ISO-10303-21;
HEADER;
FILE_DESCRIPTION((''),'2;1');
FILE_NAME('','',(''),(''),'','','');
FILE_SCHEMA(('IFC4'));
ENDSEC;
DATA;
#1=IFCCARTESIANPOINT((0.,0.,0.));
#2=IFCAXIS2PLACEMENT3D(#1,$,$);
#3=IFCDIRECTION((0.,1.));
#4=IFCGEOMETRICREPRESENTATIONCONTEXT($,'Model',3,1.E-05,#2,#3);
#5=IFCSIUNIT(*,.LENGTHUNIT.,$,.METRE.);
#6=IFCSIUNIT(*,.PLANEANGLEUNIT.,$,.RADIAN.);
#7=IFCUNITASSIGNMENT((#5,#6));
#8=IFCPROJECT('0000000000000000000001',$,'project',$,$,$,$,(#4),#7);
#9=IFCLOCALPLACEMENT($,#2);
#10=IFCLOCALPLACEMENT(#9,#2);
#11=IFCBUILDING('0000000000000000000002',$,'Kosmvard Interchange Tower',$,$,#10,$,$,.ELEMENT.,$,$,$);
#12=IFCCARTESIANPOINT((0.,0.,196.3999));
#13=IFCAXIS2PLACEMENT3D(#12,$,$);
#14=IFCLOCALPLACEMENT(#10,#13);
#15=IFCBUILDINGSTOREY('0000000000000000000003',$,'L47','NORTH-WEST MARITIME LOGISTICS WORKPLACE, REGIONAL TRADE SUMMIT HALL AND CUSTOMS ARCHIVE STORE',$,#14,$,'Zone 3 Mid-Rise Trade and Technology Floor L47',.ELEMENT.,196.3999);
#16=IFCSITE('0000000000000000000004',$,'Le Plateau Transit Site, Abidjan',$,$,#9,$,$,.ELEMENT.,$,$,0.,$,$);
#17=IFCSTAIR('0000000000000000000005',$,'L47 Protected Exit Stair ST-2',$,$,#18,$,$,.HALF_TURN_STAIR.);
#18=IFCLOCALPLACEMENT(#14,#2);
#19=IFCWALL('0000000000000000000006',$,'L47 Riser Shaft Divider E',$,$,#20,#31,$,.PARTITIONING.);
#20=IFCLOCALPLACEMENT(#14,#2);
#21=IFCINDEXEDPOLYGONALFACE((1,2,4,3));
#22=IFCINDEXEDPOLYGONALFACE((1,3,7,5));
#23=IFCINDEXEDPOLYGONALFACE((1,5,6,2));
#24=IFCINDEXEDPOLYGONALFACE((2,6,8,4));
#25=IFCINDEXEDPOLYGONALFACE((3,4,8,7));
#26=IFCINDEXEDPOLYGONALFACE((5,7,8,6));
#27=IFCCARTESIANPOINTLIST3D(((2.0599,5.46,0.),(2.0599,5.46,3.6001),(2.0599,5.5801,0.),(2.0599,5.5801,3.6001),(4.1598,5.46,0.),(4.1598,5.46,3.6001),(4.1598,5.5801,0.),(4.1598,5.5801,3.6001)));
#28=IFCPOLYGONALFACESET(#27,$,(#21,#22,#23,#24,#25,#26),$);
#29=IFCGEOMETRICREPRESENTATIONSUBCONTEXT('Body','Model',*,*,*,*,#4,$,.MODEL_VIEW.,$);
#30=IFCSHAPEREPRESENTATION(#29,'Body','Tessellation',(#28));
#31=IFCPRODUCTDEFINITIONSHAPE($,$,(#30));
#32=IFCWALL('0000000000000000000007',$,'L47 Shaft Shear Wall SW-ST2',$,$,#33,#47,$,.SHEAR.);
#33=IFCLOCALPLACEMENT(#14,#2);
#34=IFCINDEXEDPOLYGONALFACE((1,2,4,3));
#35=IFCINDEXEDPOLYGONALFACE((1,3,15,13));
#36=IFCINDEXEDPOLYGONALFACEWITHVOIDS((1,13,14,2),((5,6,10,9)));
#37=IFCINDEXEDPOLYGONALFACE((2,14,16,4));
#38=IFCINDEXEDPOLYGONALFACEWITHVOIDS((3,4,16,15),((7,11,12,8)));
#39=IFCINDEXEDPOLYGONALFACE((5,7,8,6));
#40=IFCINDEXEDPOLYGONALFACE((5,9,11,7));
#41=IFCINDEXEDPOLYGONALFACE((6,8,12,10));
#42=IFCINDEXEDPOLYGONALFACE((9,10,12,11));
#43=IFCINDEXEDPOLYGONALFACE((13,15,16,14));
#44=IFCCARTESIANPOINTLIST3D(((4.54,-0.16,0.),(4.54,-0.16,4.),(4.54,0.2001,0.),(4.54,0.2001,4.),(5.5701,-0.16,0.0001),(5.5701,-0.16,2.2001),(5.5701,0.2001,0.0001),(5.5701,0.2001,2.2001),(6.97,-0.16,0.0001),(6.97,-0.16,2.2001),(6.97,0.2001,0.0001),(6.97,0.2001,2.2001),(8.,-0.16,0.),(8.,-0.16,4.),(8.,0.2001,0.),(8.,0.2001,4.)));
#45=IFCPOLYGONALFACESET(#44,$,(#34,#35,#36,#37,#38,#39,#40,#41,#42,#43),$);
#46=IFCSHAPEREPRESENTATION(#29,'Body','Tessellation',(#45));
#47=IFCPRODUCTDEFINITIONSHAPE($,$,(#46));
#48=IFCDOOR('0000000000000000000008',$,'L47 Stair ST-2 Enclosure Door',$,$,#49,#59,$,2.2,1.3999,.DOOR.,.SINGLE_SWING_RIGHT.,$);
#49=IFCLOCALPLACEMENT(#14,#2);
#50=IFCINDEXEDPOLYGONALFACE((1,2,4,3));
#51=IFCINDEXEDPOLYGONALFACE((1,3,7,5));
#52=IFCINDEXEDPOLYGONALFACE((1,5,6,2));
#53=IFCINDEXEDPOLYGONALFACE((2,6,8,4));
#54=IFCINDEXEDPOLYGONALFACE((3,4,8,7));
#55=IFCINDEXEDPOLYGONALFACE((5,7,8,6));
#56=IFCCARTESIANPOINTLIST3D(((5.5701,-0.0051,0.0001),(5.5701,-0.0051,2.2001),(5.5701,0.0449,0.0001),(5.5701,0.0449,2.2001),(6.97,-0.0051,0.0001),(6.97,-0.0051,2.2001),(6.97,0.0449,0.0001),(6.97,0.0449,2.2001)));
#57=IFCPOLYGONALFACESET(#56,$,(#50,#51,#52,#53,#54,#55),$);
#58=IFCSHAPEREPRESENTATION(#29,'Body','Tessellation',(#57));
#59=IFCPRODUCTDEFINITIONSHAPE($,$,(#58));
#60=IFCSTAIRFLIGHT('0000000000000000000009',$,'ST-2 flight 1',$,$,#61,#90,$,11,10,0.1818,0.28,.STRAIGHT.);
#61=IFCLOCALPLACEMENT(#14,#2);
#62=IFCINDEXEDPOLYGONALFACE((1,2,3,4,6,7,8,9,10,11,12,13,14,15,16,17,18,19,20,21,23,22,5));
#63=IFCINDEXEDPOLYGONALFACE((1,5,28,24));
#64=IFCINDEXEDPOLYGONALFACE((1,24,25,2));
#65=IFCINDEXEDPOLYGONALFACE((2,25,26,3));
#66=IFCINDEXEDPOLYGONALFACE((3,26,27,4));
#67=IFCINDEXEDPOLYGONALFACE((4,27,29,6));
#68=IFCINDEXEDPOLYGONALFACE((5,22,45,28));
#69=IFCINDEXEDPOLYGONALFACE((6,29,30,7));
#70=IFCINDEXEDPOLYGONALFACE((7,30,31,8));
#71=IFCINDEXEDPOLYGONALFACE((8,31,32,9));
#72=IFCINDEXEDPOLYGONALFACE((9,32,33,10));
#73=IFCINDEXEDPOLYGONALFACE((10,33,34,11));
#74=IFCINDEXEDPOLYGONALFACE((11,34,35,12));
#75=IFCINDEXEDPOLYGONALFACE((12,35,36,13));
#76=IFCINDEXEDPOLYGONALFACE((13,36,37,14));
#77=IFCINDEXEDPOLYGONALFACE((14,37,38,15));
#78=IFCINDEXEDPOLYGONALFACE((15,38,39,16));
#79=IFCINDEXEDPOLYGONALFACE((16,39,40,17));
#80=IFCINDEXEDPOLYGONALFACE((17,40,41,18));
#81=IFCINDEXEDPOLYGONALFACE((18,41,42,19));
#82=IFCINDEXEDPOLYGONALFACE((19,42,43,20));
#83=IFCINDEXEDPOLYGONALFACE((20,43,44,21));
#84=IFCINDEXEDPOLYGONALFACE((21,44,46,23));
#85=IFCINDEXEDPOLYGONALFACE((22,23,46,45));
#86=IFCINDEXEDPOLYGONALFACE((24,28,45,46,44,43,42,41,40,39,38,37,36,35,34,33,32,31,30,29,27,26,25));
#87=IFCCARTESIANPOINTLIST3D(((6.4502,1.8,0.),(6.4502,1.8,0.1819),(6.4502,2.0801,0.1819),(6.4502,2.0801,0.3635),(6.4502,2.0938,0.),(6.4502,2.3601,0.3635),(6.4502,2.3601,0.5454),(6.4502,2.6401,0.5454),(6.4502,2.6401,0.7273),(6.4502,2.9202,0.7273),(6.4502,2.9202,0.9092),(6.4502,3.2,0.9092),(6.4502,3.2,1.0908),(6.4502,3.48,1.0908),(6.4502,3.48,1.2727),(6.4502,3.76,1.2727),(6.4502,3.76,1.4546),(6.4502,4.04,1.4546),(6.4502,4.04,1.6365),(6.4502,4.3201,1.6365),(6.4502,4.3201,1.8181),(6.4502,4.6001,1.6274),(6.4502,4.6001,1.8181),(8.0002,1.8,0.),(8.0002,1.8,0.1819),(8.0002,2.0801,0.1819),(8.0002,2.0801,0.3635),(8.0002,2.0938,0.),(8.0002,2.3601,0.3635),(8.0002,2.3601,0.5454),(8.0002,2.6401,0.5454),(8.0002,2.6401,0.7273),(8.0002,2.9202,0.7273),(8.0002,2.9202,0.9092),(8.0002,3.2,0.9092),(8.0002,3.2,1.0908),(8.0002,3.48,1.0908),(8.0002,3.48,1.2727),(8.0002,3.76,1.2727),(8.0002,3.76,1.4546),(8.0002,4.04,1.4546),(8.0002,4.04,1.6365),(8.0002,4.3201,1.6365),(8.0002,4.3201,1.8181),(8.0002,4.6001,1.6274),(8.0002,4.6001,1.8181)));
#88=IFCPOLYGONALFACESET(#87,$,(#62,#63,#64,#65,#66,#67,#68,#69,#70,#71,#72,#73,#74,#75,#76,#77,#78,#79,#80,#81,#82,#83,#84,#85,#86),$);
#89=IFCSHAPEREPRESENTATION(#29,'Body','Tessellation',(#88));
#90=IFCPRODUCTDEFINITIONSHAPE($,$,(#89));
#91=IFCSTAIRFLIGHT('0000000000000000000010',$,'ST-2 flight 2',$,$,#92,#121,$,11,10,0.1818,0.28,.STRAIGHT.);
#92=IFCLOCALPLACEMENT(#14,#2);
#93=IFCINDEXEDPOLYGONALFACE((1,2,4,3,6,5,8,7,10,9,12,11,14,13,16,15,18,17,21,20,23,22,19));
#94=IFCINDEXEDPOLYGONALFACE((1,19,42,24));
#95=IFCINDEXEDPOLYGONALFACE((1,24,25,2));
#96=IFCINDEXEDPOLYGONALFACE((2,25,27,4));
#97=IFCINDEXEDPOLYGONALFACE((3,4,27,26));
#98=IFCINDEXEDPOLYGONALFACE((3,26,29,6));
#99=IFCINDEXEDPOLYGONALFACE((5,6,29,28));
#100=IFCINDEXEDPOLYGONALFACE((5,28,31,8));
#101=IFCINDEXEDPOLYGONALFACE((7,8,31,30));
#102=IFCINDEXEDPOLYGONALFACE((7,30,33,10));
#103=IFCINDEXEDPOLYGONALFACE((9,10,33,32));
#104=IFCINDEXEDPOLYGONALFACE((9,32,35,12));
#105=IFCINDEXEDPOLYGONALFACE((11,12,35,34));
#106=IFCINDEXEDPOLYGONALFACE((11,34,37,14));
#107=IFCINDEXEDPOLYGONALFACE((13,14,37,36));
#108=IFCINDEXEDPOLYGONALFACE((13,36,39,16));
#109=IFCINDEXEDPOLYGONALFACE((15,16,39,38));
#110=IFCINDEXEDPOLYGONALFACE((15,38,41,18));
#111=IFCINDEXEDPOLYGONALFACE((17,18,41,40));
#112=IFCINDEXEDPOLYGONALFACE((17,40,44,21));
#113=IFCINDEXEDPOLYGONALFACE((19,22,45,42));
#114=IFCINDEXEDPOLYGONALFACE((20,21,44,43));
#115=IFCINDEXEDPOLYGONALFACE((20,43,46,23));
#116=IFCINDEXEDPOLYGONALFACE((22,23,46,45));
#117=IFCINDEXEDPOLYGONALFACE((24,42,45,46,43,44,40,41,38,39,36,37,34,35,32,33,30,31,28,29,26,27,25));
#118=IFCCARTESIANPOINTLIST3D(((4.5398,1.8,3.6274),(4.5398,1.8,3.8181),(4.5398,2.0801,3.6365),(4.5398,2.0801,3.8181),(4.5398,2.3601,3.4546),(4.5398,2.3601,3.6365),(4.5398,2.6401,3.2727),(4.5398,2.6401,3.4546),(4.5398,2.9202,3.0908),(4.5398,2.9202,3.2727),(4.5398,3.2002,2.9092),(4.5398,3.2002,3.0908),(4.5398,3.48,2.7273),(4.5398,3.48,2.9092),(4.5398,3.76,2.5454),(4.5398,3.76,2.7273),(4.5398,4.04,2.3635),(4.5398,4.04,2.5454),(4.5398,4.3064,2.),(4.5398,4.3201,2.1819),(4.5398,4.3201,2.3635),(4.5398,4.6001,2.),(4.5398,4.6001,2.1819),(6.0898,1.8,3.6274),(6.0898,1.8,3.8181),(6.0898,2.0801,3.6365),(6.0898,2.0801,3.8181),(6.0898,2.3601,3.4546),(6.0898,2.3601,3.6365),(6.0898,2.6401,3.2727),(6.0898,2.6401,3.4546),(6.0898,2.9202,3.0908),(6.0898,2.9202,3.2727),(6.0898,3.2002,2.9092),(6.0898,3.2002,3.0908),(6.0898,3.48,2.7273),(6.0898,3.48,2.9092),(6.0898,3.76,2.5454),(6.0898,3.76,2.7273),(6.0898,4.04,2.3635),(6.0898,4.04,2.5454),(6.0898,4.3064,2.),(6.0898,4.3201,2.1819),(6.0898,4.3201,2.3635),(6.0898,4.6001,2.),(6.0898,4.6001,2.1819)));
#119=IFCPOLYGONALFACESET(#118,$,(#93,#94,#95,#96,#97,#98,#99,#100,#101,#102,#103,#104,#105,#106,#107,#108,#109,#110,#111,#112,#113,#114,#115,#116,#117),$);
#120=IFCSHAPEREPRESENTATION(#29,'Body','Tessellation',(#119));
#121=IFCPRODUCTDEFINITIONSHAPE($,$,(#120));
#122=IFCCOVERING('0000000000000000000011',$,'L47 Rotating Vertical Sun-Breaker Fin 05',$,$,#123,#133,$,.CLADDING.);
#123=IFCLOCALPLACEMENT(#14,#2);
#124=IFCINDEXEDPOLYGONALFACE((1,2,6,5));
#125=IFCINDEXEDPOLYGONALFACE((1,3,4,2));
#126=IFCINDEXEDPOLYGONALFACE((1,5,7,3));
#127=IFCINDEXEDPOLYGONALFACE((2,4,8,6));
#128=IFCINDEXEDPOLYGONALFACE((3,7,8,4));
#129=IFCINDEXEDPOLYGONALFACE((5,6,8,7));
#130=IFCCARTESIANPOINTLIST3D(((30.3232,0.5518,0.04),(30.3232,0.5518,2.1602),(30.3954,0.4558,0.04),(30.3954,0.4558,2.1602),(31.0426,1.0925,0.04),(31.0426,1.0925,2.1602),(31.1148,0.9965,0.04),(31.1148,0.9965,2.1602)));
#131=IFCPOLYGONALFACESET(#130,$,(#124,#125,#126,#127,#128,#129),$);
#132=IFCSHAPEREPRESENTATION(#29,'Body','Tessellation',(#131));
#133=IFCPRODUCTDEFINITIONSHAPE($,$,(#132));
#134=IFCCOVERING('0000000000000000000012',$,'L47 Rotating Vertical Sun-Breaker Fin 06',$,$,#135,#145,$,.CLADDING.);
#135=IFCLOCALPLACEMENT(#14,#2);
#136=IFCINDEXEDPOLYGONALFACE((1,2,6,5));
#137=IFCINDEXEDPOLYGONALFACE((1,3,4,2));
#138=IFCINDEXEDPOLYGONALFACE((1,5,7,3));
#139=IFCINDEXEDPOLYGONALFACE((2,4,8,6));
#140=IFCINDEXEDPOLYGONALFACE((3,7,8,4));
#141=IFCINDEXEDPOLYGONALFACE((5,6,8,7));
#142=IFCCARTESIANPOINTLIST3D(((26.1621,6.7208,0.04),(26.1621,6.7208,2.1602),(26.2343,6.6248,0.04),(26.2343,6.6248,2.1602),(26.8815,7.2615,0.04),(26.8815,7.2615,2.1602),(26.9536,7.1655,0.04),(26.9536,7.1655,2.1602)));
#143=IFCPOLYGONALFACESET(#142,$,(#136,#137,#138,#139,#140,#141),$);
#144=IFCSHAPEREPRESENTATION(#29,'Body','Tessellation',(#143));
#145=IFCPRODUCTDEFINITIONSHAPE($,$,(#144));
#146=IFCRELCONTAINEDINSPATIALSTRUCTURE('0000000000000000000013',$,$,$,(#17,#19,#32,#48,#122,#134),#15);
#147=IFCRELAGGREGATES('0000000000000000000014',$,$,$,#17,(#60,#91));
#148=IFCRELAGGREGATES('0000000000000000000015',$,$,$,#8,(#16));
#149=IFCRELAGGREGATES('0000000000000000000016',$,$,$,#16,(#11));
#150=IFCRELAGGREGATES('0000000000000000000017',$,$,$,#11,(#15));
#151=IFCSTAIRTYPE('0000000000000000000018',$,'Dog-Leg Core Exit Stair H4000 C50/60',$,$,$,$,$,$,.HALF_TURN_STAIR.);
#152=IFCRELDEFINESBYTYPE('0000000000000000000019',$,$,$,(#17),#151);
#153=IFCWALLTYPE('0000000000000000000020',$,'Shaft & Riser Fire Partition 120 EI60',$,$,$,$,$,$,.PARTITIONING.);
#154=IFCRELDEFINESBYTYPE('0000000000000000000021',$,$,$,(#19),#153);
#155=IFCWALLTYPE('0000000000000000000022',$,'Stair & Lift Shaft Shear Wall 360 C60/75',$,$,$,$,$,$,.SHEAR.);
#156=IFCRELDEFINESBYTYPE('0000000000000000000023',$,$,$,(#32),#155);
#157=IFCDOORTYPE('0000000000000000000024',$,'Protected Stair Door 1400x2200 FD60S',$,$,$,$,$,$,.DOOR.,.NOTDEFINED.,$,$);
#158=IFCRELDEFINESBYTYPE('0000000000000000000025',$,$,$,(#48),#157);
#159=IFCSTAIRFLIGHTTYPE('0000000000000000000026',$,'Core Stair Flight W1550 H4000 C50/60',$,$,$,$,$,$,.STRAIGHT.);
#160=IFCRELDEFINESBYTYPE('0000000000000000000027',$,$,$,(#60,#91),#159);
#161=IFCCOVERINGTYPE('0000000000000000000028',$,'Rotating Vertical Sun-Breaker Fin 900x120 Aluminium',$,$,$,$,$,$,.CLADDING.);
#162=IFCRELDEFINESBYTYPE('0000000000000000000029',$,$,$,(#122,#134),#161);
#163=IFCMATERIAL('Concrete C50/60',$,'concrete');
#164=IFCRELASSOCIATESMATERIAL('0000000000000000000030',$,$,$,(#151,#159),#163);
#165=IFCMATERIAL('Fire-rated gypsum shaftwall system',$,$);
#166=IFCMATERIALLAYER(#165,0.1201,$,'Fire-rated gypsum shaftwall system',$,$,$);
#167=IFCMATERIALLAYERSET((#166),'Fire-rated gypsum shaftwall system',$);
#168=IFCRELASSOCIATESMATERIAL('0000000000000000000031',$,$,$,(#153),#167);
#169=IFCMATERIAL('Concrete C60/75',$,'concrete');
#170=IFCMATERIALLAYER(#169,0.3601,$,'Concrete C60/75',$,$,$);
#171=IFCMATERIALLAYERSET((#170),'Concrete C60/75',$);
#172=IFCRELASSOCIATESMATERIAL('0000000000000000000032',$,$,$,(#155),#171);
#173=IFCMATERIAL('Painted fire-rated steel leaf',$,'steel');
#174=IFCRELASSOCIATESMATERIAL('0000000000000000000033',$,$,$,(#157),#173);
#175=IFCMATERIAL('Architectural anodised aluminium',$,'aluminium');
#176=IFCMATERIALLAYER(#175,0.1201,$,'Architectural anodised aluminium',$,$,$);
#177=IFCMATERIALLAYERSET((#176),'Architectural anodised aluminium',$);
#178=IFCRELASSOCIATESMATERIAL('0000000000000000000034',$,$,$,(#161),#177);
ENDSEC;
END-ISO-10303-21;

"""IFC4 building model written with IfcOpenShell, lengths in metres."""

from ifc_helpers import new_model, si_unit, direction, frame, frame_2d, origin, origin_2d, place, context, subcontext, project, spatial, polyline, rectangle, outline, extrude, source, transform, mapped, material, layer, layer_set, type_object, element, fill, aggregate, save


model = new_model("IFC4")

# Units and contexts
model_context = context("Model", 3, precision=1e-05, world=origin(), true_north=direction((0.0, 1.0)))
body_context = subcontext(model_context, "Body", "Model", "MODEL_VIEW")
ifc_project = project(units=[si_unit("LENGTHUNIT", "METRE"), si_unit("PLANEANGLEUNIT", "RADIAN")], contexts=[model_context])

# Site, building, storey
site_placement = place(None, origin())
site = spatial("IfcSite", under=ifc_project, at=site_placement, Name="Le Plateau Transit Site, Abidjan", CompositionType="ELEMENT", RefElevation=0.0)
building_placement = place(site_placement, origin())
building = spatial("IfcBuilding", under=site, at=building_placement, Name="Kosmvard Interchange Tower", CompositionType="ELEMENT")
storey_placement = place(building_placement, frame((0.0, 0.0, 196.3999)))
storey = spatial("IfcBuildingStorey", under=building, at=storey_placement, Name="L47", Description="NORTH-WEST MARITIME LOGISTICS WORKPLACE, REGIONAL TRADE SUMMIT HALL AND CUSTOMS ARCHIVE STORE", LongName="Zone 3 Mid-Rise Trade and Technology Floor L47", CompositionType="ELEMENT", Elevation=196.3999)

# Stair
ifc_material_1 = material(Name="Concrete C50/60", Category="concrete")
stair_type = type_object("IfcStairType", Name="Dog-Leg Core Exit Stair H4000 C50/60", PredefinedType="HALF_TURN_STAIR", material=ifc_material_1)
stair_1_placement = place(storey_placement, origin())
stair_1 = element("IfcStair", 1, at=stair_1_placement, inside=storey, type_object=stair_type, Name="L47 Protected Exit Stair ST-2", PredefinedType="HALF_TURN_STAIR")

# Wall
ifc_material_2 = material(Name="Fire-rated gypsum shaftwall system")
ifc_layer_1 = layer(ifc_material_2, 0.1201, Name="Fire-rated gypsum shaftwall system")
ifc_layer_set_1 = layer_set([ifc_layer_1], Name="Fire-rated gypsum shaftwall system")
wall_type_1 = type_object("IfcWallType", Name="Shaft & Riser Fire Partition 120 EI60", PredefinedType="PARTITIONING", material=ifc_layer_set_1)
wall_1_placement = place(storey_placement, frame((2.0601, 5.52, 0.0), z_axis=(0.0, 0.0, 1.0), x_axis=(1.0, 0.0, 0.0)))
element("IfcWall", 2, at=wall_1_placement, inside=storey, type_object=wall_type_1, Name="L47 Riser Shaft Divider E", PredefinedType="PARTITIONING", context=body_context, shape_type="SweptSolid", body=[
    extrude(rectangle(XDim=2.0999, YDim=0.1201, at=frame_2d((1.0498, 0.0))), origin(), (0.0, 0.0, 1.0), 3.6001),
])

# Wall, opening, door
ifc_material_3 = material(Name="Concrete C60/75", Category="concrete")
ifc_layer_2 = layer(ifc_material_3, 0.3601, Name="Concrete C60/75")
ifc_layer_set_2 = layer_set([ifc_layer_2], Name="Concrete C60/75")
wall_type_2 = type_object("IfcWallType", Name="Stair & Lift Shaft Shear Wall 360 C60/75", PredefinedType="SHEAR", material=ifc_layer_set_2)
wall_2_placement = place(storey_placement, frame((4.54, 0.02, 0.0), z_axis=(0.0, 0.0, 1.0), x_axis=(1.0, 0.0, 0.0)))
wall_2 = element("IfcWall", 3, at=wall_2_placement, inside=storey, type_object=wall_type_2, Name="L47 Shaft Shear Wall SW-ST2", PredefinedType="SHEAR", context=body_context, shape_type="SweptSolid", body=[
    extrude(rectangle(XDim=3.46, YDim=0.3601, at=frame_2d((1.73, 0.0))), origin(), (0.0, 0.0, 1.0), 4.0),
])
opening_1_placement = place(wall_2_placement, frame((1.03, 0.0, 0.0)))
opening_1 = element("IfcOpeningElement", 4, at=opening_1_placement, cuts=wall_2, PredefinedType="OPENING", context=body_context, shape_type="SweptSolid", body=[
    extrude(rectangle(XDim=1.3999, YDim=2.2, at=frame_2d((0.7, 1.1001))), frame((0.0, 0.1899, 0.0), z_axis=(0.0, -1.0, 0.0), x_axis=(1.0, 0.0, 0.0)), (0.0, 0.0, 1.0), 0.3801),
])
ifc_material_4 = material(Name="Painted fire-rated steel leaf", Category="steel")
door_type_1 = type_object("IfcDoorType", Name="Protected Stair Door 1400x2200 FD60S", OperationType="NOTDEFINED", PredefinedType="DOOR", material=ifc_material_4)
shared_shape_1 = source(origin(), body_context, "Body", "SweptSolid", [
    extrude(rectangle(XDim=1.3999, YDim=2.2, at=frame_2d((0.7, 1.1001))), frame((0.0, 0.0249, 0.0), z_axis=(0.0, -1.0, 0.0), x_axis=(1.0, 0.0, 0.0)), (0.0, 0.0, 1.0), 0.05),
])
door_1_placement = place(opening_1_placement, origin())
door_1 = element("IfcDoor", 5, at=door_1_placement, inside=storey, type_object=door_type_1, Name="L47 Stair ST-2 Enclosure Door", OperationType="SINGLE_SWING_RIGHT", OverallHeight=2.2, OverallWidth=1.3999, PredefinedType="DOOR", context=body_context, shape_type="MappedRepresentation", body=[
    mapped(shared_shape_1, transform((0.0, 0.0, 0.0), scale=1.0)),
])
fill(opening_1, door_1)

# Stair flights
stair_flight_type = type_object("IfcStairFlightType", Name="Core Stair Flight W1550 H4000 C50/60", PredefinedType="STRAIGHT", material=ifc_material_1)
shared_shape_2 = source(origin(), body_context, "Body", "SweptSolid", [
    extrude(outline(polyline([(0.0, 0.0), (0.0, 0.1819), (0.28, 0.1819), (0.28, 0.3635), (0.5601, 0.3635), (0.5601, 0.5454), (0.8401, 0.5454), (0.8401, 0.7273), (1.1201, 0.7273), (1.1201, 0.9092), (1.3999, 0.9092), (1.3999, 1.0908), (1.6799, 1.0908), (1.6799, 1.2727), (1.96, 1.2727), (1.96, 1.4546), (2.24, 1.4546), (2.24, 1.6365), (2.52, 1.6365), (2.52, 1.8181), (2.8, 1.8181), (2.8, 2.0), (2.8, 1.6274), (0.2937, 0.0), (0.0, 0.0)])), frame((0.0, 0.7749, 0.0), z_axis=(0.0, -1.0, 0.0), x_axis=(1.0, 0.0, 0.0)), (0.0, 0.0, 1.0), 1.55),
])
stair_flight_1_placement = place(storey_placement, frame((7.2251, 1.8, 0.0), z_axis=(0.0, 0.0, 1.0), x_axis=(0.0, 1.0, 0.0)))
stair_flight_1 = element("IfcStairFlight", 6, at=stair_flight_1_placement, type_object=stair_flight_type, Name="ST-2 flight 1", NumberOfRisers=11, NumberOfTreads=10, PredefinedType="STRAIGHT", RiserHeight=0.1818, TreadLength=0.28, context=body_context, shape_type="MappedRepresentation", body=[
    mapped(shared_shape_2, transform((0.0, 0.0, 0.0), scale=1.0)),
])
stair_flight_2_placement = place(storey_placement, frame((5.3149, 4.6001, 2.0), z_axis=(0.0, 0.0, 1.0), x_axis=(0.0, -1.0, 0.0)))
stair_flight_2 = element("IfcStairFlight", 7, at=stair_flight_2_placement, type_object=stair_flight_type, Name="ST-2 flight 2", NumberOfRisers=11, NumberOfTreads=10, PredefinedType="STRAIGHT", RiserHeight=0.1818, TreadLength=0.28, context=body_context, shape_type="MappedRepresentation", body=[
    mapped(shared_shape_2, transform((0.0, 0.0, 0.0), scale=1.0)),
])
aggregate(stair_1, [stair_flight_1, stair_flight_2])

# Coverings
ifc_material_5 = material(Name="Architectural anodised aluminium", Category="aluminium")
ifc_layer_3 = layer(ifc_material_5, 0.1201, Name="Architectural anodised aluminium")
ifc_layer_set_3 = layer_set([ifc_layer_3], Name="Architectural anodised aluminium")
covering_type = type_object("IfcCoveringType", Name="Rotating Vertical Sun-Breaker Fin 900x120 Aluminium", PredefinedType="CLADDING", material=ifc_layer_set_3)
shared_shape_3 = source(origin(), body_context, "Body", "SweptSolid", [
    extrude(rectangle(XDim=0.8999, YDim=0.1201, at=origin_2d()), origin(), (0.0, 0.0, 1.0), 2.1201),
])
for number, where, z_axis, x_axis, name in (
    (8, (30.719, 0.7742, 0.04), (0.0, 0.0, 1.0), (0.79937, 0.600839, 0.0), "L47 Rotating Vertical Sun-Breaker Fin 05"),
    (9, (26.5579, 6.9431, 0.04), (0.0, 0.0, 1.0), (0.79937, 0.600839, 0.0), "L47 Rotating Vertical Sun-Breaker Fin 06"),
):
    element("IfcCovering", number, at=place(storey_placement, frame(where, z_axis=z_axis, x_axis=x_axis)), inside=storey, type_object=covering_type, Name=name, PredefinedType="CLADDING", context=body_context, shape_type="MappedRepresentation", body=[
        mapped(shared_shape_3, transform((0.0, 0.0, 0.0), scale=1.0)),
    ])

save(model, "model.ifc")
